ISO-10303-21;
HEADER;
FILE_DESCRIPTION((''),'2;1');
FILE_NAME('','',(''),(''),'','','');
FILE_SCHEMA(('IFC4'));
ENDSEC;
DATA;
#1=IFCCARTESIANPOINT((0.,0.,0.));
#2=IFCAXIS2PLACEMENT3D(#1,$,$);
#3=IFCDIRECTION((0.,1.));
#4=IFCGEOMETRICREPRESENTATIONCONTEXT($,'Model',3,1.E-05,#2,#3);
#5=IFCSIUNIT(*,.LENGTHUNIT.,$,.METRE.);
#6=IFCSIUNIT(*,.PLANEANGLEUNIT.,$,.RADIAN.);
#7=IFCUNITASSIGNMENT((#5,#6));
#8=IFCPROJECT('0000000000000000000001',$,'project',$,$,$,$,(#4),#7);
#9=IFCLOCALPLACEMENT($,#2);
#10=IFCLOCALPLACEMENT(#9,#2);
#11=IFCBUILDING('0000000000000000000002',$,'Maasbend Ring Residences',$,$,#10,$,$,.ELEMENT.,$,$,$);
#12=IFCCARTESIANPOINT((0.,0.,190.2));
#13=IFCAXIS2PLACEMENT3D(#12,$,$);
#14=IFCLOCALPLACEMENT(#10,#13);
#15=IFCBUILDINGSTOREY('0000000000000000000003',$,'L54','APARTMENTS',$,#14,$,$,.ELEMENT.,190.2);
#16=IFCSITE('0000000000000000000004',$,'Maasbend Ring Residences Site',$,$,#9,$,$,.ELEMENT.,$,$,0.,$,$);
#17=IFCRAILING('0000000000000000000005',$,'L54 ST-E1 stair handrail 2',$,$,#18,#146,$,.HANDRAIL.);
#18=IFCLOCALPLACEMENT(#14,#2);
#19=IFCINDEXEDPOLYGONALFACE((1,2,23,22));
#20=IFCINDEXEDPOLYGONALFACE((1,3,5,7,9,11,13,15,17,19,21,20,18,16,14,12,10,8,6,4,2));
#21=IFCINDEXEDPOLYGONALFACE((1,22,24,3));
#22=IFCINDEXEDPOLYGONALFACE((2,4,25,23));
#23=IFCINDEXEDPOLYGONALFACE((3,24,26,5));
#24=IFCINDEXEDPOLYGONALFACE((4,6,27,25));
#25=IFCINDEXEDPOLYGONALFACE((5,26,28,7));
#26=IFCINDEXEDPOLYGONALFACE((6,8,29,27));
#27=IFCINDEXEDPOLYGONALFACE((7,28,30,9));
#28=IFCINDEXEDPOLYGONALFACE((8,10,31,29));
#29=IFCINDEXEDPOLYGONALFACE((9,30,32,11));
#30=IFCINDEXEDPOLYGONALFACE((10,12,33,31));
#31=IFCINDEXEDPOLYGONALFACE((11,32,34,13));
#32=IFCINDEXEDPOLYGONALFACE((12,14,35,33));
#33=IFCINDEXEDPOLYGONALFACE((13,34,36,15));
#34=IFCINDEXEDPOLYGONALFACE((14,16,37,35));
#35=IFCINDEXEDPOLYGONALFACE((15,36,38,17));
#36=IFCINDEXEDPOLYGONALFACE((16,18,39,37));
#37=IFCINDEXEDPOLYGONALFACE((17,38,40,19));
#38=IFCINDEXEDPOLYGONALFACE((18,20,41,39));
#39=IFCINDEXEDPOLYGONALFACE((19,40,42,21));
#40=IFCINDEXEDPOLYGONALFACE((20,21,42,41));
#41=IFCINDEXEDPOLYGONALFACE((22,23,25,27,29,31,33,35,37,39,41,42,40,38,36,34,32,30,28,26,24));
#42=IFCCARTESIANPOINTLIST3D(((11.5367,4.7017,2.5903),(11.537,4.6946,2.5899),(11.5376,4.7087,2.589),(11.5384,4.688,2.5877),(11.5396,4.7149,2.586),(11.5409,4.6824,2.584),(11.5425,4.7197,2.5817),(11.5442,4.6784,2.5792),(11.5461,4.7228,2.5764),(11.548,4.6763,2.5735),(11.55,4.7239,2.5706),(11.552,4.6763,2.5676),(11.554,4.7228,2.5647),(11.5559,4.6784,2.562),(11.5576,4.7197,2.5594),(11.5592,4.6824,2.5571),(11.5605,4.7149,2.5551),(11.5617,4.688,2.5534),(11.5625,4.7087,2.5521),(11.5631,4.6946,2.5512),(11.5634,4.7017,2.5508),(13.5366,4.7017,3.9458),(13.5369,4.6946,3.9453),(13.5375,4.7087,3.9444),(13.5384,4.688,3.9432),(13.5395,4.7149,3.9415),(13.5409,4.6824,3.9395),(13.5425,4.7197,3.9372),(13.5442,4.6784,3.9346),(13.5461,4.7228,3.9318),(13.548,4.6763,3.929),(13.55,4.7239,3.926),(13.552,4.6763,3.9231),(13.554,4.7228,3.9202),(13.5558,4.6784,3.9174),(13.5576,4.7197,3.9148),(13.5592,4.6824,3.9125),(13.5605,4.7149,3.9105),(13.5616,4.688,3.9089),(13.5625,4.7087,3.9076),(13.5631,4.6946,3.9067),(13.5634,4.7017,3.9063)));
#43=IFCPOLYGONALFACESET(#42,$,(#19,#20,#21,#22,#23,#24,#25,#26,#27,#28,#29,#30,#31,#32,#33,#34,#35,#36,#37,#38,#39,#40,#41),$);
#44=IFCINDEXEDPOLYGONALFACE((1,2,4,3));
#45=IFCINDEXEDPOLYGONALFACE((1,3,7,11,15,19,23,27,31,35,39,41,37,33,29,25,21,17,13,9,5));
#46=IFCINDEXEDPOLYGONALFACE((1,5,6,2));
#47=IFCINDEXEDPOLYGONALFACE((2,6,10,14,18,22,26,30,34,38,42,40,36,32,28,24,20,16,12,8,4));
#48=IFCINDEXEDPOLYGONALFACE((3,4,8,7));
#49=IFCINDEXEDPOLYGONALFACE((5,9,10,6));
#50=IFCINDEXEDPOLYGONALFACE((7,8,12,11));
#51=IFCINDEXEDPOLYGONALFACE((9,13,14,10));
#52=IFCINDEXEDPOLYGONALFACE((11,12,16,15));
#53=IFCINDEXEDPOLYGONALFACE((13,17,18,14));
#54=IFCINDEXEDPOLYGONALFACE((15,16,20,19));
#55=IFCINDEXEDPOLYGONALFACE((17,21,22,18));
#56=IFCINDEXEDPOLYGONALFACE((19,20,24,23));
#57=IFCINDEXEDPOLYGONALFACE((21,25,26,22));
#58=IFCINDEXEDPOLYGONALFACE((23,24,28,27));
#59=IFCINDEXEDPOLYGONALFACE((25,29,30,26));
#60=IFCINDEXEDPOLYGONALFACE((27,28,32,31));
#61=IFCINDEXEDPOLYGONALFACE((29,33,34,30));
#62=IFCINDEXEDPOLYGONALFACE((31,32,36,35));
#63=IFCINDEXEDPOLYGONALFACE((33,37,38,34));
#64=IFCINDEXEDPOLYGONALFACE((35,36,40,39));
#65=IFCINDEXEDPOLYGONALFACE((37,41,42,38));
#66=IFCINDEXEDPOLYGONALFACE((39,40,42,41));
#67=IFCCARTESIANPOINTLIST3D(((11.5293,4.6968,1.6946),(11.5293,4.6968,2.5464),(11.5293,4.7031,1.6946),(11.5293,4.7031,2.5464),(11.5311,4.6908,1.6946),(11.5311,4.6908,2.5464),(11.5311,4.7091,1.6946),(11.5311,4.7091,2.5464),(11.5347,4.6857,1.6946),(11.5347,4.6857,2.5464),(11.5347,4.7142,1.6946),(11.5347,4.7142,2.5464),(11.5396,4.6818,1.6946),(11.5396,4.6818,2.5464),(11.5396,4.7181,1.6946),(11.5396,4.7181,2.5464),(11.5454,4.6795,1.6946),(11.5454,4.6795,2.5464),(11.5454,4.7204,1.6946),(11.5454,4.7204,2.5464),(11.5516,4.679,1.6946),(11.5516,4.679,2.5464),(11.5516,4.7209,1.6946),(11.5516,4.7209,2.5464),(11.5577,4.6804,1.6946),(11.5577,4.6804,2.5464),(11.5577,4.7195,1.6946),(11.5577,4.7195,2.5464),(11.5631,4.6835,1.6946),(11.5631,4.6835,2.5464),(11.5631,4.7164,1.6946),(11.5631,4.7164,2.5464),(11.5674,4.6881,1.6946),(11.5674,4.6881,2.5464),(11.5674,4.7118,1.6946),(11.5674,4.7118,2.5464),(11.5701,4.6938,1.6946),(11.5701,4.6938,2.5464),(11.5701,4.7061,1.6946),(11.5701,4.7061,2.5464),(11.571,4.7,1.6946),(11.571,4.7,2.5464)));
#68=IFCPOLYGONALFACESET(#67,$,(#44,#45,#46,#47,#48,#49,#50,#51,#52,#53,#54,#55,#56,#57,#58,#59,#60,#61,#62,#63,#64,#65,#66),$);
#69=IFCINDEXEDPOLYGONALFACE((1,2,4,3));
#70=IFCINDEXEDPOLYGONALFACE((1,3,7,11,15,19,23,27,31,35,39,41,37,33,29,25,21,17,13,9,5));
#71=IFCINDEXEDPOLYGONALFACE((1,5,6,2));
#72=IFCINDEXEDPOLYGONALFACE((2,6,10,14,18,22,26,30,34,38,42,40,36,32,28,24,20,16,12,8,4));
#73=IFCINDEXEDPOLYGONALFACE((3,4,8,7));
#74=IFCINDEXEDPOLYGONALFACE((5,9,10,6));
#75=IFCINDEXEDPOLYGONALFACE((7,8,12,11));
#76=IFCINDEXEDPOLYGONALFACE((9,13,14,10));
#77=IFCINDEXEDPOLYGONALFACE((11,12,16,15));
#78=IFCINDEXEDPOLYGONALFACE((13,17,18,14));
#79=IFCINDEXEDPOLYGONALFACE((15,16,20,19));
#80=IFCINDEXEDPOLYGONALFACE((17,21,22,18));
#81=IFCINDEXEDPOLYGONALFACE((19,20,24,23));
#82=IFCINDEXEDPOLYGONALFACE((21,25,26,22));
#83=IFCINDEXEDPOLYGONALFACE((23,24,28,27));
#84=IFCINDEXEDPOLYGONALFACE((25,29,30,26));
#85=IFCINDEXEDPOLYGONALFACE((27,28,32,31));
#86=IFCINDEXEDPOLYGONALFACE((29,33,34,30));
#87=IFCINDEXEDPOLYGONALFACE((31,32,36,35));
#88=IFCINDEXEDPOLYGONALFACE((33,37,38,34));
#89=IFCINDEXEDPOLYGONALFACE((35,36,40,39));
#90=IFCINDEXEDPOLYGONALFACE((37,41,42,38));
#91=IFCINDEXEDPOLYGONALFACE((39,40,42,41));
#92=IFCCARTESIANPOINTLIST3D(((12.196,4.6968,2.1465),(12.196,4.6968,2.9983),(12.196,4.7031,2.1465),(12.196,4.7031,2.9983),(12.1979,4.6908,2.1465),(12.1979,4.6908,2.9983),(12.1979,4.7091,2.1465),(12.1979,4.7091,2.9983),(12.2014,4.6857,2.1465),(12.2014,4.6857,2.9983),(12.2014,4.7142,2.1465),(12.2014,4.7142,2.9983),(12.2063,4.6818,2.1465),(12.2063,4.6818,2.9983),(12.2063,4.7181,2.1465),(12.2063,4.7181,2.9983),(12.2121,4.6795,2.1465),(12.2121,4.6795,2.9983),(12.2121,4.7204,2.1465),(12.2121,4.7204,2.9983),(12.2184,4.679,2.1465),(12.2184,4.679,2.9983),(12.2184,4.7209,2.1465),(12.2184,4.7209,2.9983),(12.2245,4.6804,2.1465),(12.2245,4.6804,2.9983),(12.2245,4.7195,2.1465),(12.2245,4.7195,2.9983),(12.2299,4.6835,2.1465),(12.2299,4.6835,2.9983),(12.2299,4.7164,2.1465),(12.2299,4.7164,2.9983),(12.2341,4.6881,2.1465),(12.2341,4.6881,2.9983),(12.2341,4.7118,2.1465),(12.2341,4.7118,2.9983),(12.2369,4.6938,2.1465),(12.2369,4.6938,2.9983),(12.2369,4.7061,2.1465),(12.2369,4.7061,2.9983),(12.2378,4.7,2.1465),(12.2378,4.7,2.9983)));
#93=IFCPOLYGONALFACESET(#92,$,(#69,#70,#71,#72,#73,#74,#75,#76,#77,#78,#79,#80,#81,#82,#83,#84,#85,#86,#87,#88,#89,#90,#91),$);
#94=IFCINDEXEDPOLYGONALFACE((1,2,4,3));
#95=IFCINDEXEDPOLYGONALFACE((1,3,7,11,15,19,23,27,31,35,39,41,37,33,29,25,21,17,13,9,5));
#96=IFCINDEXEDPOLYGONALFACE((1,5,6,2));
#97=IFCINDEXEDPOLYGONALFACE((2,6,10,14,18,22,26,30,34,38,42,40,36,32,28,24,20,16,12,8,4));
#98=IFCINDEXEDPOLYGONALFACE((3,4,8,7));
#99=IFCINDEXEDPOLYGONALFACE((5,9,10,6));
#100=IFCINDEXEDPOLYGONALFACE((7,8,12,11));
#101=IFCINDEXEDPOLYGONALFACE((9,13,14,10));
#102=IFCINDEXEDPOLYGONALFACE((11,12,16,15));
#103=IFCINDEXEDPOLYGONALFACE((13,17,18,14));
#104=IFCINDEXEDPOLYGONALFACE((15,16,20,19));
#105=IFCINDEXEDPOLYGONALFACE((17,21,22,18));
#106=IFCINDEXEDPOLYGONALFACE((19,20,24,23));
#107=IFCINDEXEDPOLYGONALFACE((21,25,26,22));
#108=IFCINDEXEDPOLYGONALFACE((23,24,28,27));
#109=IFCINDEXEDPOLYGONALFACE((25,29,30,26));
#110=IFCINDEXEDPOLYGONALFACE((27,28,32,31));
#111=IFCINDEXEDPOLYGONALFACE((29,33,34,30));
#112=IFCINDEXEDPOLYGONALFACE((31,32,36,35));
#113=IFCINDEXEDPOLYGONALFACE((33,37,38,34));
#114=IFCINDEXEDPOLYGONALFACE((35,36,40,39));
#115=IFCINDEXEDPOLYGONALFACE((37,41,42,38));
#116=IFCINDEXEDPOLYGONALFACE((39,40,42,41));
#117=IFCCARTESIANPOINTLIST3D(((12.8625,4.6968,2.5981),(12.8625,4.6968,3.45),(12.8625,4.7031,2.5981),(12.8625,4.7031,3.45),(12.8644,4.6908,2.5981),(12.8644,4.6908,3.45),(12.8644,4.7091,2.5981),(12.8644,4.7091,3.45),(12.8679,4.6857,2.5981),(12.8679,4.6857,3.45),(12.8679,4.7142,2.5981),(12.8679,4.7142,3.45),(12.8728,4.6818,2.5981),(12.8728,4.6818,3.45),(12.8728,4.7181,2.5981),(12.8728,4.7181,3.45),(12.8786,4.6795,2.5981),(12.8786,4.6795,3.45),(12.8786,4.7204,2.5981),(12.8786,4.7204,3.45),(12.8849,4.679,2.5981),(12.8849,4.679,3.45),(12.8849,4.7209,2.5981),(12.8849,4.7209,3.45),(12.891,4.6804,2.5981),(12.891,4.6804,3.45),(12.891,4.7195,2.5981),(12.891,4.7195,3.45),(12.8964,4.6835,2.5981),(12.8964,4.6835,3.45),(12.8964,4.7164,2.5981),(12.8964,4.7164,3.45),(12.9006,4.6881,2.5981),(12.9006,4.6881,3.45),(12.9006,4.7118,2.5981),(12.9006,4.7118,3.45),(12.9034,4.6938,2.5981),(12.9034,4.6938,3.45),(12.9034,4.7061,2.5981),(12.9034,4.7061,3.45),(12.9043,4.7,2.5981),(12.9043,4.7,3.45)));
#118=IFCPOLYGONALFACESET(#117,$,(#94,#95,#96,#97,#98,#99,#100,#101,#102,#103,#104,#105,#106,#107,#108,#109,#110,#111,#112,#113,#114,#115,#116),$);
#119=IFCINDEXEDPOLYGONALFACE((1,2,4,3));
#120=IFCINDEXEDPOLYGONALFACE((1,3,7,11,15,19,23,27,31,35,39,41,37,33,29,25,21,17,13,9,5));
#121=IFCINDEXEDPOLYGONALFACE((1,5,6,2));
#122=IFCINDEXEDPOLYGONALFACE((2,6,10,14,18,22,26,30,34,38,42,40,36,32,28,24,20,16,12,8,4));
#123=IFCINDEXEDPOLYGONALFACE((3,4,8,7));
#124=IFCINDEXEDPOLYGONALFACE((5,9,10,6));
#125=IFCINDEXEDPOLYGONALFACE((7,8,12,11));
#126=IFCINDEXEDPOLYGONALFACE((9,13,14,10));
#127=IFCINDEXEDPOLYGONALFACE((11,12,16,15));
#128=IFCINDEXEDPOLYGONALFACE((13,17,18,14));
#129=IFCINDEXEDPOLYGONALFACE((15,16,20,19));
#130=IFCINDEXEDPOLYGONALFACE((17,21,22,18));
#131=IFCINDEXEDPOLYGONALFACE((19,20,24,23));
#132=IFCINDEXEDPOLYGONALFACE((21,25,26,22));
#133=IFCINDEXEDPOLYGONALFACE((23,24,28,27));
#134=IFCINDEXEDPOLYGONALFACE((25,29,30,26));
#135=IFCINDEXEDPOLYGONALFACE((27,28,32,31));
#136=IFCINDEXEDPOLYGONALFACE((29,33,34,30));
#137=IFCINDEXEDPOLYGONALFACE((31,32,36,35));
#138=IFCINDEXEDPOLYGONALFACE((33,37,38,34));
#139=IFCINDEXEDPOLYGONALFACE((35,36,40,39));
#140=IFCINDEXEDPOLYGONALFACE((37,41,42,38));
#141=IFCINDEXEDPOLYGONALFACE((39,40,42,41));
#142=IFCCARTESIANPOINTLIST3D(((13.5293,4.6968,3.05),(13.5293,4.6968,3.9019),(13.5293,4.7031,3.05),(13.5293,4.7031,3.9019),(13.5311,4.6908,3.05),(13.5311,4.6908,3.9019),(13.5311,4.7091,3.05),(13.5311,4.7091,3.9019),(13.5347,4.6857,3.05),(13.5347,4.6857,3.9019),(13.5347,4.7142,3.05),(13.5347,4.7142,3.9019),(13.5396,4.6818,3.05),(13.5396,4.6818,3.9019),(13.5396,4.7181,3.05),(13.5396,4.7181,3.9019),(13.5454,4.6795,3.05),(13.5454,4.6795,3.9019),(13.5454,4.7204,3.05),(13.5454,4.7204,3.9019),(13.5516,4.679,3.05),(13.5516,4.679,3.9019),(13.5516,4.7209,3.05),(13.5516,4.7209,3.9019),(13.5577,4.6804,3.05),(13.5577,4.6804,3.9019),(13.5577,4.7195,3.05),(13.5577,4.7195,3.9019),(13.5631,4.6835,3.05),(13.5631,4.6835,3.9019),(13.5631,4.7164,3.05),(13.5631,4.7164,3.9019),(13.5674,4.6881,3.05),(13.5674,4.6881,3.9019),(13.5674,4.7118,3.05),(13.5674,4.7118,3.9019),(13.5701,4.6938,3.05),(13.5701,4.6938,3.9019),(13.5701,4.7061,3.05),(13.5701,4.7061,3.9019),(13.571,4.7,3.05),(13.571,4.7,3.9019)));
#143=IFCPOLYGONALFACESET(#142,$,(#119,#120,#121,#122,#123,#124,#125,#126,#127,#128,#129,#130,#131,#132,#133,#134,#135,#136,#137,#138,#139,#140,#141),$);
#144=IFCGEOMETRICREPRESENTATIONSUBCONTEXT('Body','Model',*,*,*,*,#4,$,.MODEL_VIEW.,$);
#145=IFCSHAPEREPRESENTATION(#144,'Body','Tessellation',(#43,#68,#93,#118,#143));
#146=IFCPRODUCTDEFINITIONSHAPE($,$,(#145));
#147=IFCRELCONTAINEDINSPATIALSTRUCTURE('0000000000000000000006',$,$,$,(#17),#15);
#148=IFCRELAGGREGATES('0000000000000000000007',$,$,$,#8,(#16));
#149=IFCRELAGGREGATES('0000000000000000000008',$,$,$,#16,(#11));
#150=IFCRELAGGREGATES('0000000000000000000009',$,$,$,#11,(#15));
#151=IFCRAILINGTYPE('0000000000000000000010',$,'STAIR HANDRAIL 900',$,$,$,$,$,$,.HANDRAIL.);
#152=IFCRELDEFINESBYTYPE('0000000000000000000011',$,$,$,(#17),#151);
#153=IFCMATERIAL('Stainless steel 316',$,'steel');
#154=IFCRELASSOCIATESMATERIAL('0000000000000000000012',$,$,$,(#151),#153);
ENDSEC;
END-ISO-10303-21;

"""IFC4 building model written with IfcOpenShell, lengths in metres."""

from ifc_helpers import new_model, si_unit, direction, frame, origin, origin_2d, place, context, subcontext, project, spatial, circle, extrude, material, type_object, element, save


model = new_model("IFC4")

# Units and contexts
model_context = context("Model", 3, precision=1e-05, world=origin(), true_north=direction((0.0, 1.0)))
body_context = subcontext(model_context, "Body", "Model", "MODEL_VIEW")
ifc_project = project(units=[si_unit("LENGTHUNIT", "METRE"), si_unit("PLANEANGLEUNIT", "RADIAN")], contexts=[model_context])

# Site, building, storey
site_placement = place(None, origin())
site = spatial("IfcSite", under=ifc_project, at=site_placement, Name="Maasbend Ring Residences Site", CompositionType="ELEMENT", RefElevation=0.0)
building_placement = place(site_placement, origin())
building = spatial("IfcBuilding", under=site, at=building_placement, Name="Maasbend Ring Residences", CompositionType="ELEMENT")
storey_placement = place(building_placement, frame((0.0, 0.0, 190.2)))
storey = spatial("IfcBuildingStorey", under=building, at=storey_placement, Name="L54", Description="APARTMENTS", CompositionType="ELEMENT", Elevation=190.2)

# Railing
ifc_material_1 = material(Name="Stainless steel 316", Category="steel")
railing_type_1 = type_object("IfcRailingType", Name="STAIR HANDRAIL 900", PredefinedType="HANDRAIL", material=ifc_material_1)
railing_1_placement = place(storey_placement, frame((11.55, 4.7, 1.6946)))
element("IfcRailing", 1, at=railing_1_placement, inside=storey, type_object=railing_type_1, Name="L54 ST-E1 stair handrail 2", PredefinedType="HANDRAIL", context=body_context, shape_type="SweptSolid", body=[
    extrude(circle(Radius=0.0239, at=origin_2d()), frame((0.0, 0.0, 0.876), z_axis=(0.827798, 0.0, 0.561027), x_axis=(0.0, 1.0, 0.0)), (0.0, 0.0, 1.0), 2.416),
    extrude(circle(Radius=0.021, at=origin_2d()), origin(), (0.0, 0.0, 1.0), 0.8518),
    extrude(circle(Radius=0.021, at=origin_2d()), frame((0.6667, 0.0, 0.4519)), (0.0, 0.0, 1.0), 0.8518),
    extrude(circle(Radius=0.021, at=origin_2d()), frame((1.3333, 0.0, 0.9036)), (0.0, 0.0, 1.0), 0.8518),
    extrude(circle(Radius=0.021, at=origin_2d()), frame((2.0, 0.0, 1.3555)), (0.0, 0.0, 1.0), 0.8518),
])

save(model, "model.ifc")
